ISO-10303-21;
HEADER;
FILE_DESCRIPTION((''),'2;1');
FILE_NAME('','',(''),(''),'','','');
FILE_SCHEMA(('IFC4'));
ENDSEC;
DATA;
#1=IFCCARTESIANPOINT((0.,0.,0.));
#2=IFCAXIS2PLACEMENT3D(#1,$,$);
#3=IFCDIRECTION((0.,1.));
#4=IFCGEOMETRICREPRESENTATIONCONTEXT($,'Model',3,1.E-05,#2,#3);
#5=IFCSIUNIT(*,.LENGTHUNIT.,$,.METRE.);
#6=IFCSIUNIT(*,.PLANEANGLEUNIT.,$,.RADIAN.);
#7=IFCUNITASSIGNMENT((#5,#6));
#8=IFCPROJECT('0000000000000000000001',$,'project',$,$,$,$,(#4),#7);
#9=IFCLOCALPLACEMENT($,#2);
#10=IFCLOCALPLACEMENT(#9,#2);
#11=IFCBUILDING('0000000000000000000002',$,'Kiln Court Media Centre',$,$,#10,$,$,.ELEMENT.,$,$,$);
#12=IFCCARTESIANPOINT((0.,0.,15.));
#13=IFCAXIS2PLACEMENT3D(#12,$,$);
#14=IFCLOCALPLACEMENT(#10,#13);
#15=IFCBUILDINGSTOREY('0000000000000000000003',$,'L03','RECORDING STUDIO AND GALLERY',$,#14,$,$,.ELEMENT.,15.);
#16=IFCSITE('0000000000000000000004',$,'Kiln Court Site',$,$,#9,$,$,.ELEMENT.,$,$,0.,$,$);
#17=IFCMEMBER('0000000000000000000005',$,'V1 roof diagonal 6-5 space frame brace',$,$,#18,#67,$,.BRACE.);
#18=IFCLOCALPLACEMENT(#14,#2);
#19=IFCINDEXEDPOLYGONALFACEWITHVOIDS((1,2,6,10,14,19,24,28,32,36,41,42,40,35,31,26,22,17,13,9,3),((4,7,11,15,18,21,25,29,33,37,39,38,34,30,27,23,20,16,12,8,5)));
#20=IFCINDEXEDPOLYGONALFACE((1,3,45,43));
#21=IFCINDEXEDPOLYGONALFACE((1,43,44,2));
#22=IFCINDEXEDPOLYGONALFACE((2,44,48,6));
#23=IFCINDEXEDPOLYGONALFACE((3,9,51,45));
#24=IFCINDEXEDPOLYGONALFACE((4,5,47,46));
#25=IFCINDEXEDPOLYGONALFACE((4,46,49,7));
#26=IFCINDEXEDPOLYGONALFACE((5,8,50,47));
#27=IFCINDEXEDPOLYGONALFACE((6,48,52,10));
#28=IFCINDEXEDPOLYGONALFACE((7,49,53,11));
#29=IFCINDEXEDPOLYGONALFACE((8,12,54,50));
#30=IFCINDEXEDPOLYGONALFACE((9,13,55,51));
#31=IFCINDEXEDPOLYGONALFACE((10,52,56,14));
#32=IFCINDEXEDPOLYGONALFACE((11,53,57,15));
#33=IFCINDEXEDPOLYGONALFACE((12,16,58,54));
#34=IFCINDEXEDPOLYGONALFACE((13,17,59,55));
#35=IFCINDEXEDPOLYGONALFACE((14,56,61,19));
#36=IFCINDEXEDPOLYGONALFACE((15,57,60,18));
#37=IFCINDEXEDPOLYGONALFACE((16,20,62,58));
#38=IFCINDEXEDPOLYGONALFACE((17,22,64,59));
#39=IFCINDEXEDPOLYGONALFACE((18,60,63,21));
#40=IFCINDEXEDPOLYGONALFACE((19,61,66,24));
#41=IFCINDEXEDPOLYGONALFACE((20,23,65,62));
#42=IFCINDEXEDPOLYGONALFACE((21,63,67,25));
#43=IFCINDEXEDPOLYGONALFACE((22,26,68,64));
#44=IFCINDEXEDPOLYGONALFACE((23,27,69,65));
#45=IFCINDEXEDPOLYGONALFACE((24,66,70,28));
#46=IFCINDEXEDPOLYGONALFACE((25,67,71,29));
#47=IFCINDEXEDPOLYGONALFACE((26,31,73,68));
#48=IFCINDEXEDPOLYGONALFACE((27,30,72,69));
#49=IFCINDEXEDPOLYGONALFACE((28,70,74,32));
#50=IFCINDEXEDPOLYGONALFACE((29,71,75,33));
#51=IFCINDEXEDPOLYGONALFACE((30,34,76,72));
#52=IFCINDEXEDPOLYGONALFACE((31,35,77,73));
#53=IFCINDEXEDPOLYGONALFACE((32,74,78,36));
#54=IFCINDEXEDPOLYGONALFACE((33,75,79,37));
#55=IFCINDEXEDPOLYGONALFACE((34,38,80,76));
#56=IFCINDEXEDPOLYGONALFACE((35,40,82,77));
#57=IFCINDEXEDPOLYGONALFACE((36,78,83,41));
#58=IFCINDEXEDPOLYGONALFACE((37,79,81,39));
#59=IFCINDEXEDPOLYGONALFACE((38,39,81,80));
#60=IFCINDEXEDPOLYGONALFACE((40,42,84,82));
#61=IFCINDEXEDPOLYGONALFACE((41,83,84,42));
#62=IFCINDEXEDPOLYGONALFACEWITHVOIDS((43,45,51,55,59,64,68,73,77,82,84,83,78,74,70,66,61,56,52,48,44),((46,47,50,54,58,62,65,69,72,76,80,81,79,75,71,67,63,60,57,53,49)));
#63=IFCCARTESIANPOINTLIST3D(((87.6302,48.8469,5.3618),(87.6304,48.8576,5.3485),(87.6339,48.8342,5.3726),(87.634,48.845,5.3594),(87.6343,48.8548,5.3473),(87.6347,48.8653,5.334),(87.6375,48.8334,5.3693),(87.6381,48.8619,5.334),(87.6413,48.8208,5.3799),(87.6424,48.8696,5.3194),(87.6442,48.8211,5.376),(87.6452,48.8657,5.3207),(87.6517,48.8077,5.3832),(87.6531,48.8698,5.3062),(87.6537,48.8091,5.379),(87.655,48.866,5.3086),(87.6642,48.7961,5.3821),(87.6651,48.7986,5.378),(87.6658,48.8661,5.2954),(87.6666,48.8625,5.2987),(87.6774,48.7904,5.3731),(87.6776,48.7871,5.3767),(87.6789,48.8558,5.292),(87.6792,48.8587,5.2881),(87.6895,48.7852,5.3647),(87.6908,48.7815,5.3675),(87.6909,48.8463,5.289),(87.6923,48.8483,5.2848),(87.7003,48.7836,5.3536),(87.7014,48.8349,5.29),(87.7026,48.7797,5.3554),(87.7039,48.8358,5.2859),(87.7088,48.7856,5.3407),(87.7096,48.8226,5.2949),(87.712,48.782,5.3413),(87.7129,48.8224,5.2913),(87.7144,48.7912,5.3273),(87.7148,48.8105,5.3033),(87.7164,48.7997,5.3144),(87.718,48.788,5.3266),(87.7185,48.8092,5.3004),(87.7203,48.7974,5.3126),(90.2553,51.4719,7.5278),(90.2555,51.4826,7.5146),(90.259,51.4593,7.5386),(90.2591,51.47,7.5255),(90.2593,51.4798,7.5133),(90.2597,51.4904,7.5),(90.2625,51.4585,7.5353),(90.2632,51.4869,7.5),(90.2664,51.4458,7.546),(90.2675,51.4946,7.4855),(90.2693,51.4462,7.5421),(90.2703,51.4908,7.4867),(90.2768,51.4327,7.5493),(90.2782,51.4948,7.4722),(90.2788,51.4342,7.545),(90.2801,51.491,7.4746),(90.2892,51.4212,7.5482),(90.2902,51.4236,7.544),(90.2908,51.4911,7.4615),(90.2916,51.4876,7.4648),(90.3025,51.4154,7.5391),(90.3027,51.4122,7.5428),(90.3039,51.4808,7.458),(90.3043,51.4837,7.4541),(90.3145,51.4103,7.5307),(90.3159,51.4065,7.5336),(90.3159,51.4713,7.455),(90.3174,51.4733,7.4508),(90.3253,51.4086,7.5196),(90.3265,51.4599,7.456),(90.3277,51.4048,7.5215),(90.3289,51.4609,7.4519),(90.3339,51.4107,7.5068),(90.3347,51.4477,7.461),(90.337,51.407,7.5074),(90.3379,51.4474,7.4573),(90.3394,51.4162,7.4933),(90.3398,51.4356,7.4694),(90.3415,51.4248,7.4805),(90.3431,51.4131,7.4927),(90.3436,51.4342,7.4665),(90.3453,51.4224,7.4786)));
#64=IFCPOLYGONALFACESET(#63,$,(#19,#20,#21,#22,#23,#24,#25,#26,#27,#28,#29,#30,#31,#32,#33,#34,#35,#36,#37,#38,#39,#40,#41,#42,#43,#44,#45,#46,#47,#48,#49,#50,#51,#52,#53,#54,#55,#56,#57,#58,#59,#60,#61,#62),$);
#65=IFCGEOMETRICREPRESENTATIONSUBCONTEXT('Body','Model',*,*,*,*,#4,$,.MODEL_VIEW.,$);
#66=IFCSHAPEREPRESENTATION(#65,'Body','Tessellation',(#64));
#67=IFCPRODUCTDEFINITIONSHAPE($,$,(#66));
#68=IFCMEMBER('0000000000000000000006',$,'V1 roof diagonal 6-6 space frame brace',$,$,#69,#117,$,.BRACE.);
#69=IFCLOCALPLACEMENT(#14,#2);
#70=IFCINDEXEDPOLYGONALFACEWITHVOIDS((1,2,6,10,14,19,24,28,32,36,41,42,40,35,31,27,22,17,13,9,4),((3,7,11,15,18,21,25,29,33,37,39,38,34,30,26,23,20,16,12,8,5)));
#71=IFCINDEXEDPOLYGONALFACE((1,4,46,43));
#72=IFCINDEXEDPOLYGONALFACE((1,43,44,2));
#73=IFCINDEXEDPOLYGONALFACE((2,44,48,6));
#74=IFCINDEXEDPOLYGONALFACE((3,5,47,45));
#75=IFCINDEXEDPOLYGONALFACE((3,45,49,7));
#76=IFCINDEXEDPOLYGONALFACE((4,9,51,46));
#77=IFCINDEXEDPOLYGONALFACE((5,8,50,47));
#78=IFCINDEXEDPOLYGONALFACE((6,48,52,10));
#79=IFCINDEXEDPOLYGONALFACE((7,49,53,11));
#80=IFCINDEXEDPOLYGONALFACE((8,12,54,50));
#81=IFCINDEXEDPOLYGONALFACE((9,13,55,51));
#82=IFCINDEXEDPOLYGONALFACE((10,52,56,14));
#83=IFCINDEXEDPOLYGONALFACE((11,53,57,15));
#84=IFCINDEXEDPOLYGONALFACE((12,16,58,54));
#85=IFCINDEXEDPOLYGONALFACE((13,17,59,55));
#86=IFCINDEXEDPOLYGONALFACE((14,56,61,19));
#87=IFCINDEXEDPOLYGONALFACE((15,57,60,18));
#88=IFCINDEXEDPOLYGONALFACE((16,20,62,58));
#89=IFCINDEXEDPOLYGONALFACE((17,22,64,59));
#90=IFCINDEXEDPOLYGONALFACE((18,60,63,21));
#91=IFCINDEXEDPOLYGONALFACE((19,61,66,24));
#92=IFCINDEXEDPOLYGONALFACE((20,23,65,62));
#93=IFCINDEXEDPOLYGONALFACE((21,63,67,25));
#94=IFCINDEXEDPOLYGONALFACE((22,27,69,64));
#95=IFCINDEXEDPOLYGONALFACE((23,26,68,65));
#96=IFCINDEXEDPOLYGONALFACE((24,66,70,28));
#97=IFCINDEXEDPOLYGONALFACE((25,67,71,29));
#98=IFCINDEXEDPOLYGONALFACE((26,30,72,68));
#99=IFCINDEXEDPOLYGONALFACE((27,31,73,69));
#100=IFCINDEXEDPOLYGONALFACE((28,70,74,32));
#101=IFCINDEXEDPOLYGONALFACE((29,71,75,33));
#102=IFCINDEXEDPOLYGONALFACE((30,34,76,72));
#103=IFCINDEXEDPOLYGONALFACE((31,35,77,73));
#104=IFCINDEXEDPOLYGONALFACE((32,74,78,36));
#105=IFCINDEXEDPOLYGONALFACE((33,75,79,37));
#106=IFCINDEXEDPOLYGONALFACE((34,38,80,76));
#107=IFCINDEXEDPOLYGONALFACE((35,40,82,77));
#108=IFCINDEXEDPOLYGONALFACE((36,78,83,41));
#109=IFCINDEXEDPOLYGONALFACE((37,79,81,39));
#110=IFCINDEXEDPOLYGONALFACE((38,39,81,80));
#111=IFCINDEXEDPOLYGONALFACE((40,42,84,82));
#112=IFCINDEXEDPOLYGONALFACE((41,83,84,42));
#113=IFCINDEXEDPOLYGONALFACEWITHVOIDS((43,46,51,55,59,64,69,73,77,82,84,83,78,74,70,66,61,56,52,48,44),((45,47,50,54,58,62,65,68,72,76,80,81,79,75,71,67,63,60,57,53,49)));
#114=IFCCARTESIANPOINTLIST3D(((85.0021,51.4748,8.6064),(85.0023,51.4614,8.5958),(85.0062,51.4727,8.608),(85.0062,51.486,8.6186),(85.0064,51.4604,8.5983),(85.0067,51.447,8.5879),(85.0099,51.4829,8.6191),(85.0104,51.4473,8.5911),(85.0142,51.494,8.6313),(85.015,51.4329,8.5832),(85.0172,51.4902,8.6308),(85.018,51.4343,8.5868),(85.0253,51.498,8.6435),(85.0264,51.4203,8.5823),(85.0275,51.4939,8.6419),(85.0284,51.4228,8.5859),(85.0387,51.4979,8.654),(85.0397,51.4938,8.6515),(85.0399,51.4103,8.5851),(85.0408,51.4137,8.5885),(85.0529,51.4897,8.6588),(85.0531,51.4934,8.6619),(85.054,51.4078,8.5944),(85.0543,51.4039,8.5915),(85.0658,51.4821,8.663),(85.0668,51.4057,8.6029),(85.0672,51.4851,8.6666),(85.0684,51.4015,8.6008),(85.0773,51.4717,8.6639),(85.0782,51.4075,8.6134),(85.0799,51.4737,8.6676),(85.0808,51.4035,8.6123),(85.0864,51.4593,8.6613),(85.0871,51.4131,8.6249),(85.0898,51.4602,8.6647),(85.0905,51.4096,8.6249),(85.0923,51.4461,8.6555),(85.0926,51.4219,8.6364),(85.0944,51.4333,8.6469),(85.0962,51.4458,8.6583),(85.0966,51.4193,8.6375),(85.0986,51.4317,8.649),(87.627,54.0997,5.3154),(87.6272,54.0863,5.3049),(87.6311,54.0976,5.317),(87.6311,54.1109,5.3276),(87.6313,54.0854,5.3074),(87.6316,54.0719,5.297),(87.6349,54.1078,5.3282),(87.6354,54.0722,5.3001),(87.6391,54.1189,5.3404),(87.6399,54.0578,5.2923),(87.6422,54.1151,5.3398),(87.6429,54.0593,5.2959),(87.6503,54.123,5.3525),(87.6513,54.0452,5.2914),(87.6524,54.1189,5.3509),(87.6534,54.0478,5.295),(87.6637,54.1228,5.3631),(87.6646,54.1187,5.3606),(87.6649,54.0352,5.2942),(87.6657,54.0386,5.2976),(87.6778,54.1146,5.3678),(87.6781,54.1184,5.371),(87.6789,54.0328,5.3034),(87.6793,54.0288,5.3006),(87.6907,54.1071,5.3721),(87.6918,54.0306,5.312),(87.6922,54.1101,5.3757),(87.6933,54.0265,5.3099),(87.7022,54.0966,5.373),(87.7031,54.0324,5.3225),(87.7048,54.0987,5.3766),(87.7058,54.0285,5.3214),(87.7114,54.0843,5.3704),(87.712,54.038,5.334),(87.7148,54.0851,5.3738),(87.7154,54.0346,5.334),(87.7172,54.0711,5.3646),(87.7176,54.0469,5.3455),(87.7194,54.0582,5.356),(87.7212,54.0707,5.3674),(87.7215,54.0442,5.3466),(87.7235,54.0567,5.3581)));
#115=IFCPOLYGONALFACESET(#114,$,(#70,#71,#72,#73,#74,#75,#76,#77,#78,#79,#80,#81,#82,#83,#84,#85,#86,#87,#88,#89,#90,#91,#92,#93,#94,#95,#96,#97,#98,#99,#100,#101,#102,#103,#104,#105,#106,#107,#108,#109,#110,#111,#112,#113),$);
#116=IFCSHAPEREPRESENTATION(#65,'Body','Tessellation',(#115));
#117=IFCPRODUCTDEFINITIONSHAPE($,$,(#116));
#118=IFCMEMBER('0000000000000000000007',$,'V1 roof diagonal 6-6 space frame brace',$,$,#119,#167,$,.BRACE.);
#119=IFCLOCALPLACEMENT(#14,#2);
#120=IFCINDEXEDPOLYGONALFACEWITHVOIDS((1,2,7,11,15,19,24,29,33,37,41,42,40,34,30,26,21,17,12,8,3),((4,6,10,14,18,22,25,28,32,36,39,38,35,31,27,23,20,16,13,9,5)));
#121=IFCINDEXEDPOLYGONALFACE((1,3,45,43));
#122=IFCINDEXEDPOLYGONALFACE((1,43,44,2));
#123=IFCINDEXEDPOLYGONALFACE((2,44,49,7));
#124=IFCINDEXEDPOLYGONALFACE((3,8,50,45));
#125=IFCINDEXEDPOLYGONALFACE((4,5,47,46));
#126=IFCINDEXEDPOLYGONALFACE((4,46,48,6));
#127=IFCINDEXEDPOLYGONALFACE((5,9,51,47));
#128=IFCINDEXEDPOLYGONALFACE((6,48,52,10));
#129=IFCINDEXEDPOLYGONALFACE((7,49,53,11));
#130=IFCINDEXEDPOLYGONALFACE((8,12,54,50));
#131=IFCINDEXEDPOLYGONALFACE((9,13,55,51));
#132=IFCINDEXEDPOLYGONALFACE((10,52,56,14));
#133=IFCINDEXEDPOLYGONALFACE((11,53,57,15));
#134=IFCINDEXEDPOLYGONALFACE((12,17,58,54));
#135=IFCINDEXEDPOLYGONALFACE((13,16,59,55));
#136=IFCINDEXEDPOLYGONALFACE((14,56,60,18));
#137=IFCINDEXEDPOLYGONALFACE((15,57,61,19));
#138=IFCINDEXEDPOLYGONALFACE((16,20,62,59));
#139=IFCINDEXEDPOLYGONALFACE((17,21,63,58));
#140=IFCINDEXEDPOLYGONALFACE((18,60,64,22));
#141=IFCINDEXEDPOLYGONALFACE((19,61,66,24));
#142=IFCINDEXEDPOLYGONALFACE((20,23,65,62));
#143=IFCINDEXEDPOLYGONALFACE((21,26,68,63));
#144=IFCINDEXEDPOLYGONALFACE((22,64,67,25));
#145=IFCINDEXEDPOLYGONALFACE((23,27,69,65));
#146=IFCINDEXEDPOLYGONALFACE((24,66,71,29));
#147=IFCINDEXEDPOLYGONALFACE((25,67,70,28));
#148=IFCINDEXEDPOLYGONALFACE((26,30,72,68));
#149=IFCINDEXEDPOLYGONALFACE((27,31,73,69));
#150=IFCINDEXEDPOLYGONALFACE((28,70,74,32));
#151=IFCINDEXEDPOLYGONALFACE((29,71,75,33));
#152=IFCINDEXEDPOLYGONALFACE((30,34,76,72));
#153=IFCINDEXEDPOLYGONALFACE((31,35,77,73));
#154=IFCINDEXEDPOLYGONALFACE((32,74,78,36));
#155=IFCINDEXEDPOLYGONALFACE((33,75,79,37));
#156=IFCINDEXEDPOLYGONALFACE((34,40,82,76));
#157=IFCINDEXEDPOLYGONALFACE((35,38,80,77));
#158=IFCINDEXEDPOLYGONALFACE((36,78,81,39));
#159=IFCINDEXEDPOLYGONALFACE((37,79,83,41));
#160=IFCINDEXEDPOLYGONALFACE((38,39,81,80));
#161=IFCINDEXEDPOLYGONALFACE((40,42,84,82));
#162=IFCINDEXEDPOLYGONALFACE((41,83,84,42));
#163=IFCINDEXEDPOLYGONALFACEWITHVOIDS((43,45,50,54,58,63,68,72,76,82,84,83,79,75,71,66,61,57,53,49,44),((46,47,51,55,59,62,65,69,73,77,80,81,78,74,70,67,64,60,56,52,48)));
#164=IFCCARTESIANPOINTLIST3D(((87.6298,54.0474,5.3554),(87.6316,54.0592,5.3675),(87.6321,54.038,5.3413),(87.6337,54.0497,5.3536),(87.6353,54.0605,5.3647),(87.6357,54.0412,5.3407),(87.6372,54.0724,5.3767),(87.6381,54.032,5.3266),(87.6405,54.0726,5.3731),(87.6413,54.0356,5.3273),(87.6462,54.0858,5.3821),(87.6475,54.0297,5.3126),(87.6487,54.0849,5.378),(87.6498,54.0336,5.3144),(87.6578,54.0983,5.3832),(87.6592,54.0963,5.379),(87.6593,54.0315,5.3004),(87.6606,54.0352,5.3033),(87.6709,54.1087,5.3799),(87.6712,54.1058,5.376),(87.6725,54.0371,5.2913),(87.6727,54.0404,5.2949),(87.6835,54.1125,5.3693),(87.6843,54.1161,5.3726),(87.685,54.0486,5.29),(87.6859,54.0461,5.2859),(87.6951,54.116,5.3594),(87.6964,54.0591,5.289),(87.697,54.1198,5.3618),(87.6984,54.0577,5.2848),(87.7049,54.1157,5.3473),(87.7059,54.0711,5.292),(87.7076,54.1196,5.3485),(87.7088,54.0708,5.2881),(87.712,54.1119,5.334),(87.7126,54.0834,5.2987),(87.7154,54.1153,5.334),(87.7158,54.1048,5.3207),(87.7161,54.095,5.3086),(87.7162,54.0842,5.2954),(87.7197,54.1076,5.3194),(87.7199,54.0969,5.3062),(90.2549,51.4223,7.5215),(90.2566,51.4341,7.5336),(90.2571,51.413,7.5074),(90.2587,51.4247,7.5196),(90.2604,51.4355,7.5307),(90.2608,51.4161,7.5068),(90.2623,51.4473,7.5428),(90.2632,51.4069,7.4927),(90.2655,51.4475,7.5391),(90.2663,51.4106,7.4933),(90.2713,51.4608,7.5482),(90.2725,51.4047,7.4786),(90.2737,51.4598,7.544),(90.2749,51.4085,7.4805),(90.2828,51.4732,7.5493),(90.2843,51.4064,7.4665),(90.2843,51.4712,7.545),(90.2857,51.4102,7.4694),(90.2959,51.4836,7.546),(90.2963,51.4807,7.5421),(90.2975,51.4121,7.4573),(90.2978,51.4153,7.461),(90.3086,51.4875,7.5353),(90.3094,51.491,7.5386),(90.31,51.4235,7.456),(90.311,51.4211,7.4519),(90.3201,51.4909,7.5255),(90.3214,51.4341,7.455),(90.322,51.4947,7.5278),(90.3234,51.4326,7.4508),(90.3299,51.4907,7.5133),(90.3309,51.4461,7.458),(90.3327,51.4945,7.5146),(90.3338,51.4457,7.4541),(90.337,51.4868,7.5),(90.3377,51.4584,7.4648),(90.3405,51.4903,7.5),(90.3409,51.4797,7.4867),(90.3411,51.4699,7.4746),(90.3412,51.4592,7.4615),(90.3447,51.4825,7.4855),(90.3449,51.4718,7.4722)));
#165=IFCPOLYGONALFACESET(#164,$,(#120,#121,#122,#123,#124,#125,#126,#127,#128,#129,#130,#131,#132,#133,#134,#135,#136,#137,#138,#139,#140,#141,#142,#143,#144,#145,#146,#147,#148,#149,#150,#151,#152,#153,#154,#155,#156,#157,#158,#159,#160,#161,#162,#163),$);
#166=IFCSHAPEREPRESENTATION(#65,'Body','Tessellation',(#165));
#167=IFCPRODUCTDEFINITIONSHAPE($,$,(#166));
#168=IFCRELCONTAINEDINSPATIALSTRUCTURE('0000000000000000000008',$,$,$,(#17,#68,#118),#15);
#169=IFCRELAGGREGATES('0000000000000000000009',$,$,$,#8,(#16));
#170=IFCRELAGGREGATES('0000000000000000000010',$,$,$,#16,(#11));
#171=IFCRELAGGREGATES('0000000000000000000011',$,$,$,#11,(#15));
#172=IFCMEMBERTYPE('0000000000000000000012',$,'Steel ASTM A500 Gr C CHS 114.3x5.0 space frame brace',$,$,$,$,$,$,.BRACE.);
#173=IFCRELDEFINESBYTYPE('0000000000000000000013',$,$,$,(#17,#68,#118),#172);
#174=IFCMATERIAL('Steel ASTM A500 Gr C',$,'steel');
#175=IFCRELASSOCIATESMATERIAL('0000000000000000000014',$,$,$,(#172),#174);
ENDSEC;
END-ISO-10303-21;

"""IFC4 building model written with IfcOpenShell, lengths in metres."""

from ifc_helpers import new_model, si_unit, direction, frame, origin, origin_2d, place, context, subcontext, project, spatial, hollow_circle, extrude, material, material_profile, profile_set, type_object, element, save


model = new_model("IFC4")

# Units and contexts
model_context = context("Model", 3, precision=1e-05, world=origin(), true_north=direction((0.0, 1.0)))
body_context = subcontext(model_context, "Body", "Model", "MODEL_VIEW")
ifc_project = project(units=[si_unit("LENGTHUNIT", "METRE"), si_unit("PLANEANGLEUNIT", "RADIAN")], contexts=[model_context])

# Site, building, storey
site_placement = place(None, origin())
site = spatial("IfcSite", under=ifc_project, at=site_placement, Name="Kiln Court Site", CompositionType="ELEMENT", RefElevation=0.0)
building_placement = place(site_placement, origin())
building = spatial("IfcBuilding", under=site, at=building_placement, Name="Kiln Court Media Centre", CompositionType="ELEMENT")
storey_placement = place(building_placement, frame((0.0, 0.0, 15.0)))
storey = spatial("IfcBuildingStorey", under=building, at=storey_placement, Name="L03", Description="RECORDING STUDIO AND GALLERY", CompositionType="ELEMENT", Elevation=15.0)

# Members
ifc_material_1 = material(Name="Steel ASTM A500 Gr C", Category="steel")
ifc_material_profile_1 = material_profile(ifc_material_1, hollow_circle(Radius=0.0571, WallThickness=0.0049, at=origin_2d()), Name="CHS 114.3x5.0")
ifc_profile_set_1 = profile_set([ifc_material_profile_1], Name="Steel ASTM A500 Gr C")
member_type_1 = type_object("IfcMemberType", Name="Steel ASTM A500 Gr C CHS 114.3x5.0 space frame brace", PredefinedType="BRACE", material=ifc_profile_set_1)
member_1_placement = place(storey_placement, frame((87.675, 48.825, 5.334), z_axis=(0.610748, 0.610748, 0.503958), x_axis=(-0.707107, 0.707107, 0.0)))
element("IfcMember", 1, at=member_1_placement, inside=storey, type_object=member_type_1, Name="V1 roof diagonal 6-5 space frame brace", PredefinedType="BRACE", context=body_context, shape_type="SweptSolid", body=[
    extrude(hollow_circle(Radius=0.0571, WallThickness=0.0049, at=origin_2d()), origin(), (0.0, 0.0, 1.0), 4.2981),
])
member_2_placement = place(storey_placement, frame((87.675, 54.075, 5.334), z_axis=(-0.529122, -0.529122, 0.663371), x_axis=(0.707107, -0.707107, 0.0)))
element("IfcMember", 2, at=member_2_placement, inside=storey, type_object=member_type_1, Name="V1 roof diagonal 6-6 space frame brace", PredefinedType="BRACE", context=body_context, shape_type="SweptSolid", body=[
    extrude(hollow_circle(Radius=0.0571, WallThickness=0.0049, at=origin_2d()), origin(), (0.0, 0.0, 1.0), 4.9609),
])
member_3_placement = place(storey_placement, frame((87.675, 54.075, 5.334), z_axis=(0.610748, -0.610748, 0.503958), x_axis=(0.707107, 0.707107, 0.0)))
element("IfcMember", 3, at=member_3_placement, inside=storey, type_object=member_type_1, Name="V1 roof diagonal 6-6 space frame brace", PredefinedType="BRACE", context=body_context, shape_type="SweptSolid", body=[
    extrude(hollow_circle(Radius=0.0571, WallThickness=0.0049, at=origin_2d()), origin(), (0.0, 0.0, 1.0), 4.2981),
])

save(model, "model.ifc")
